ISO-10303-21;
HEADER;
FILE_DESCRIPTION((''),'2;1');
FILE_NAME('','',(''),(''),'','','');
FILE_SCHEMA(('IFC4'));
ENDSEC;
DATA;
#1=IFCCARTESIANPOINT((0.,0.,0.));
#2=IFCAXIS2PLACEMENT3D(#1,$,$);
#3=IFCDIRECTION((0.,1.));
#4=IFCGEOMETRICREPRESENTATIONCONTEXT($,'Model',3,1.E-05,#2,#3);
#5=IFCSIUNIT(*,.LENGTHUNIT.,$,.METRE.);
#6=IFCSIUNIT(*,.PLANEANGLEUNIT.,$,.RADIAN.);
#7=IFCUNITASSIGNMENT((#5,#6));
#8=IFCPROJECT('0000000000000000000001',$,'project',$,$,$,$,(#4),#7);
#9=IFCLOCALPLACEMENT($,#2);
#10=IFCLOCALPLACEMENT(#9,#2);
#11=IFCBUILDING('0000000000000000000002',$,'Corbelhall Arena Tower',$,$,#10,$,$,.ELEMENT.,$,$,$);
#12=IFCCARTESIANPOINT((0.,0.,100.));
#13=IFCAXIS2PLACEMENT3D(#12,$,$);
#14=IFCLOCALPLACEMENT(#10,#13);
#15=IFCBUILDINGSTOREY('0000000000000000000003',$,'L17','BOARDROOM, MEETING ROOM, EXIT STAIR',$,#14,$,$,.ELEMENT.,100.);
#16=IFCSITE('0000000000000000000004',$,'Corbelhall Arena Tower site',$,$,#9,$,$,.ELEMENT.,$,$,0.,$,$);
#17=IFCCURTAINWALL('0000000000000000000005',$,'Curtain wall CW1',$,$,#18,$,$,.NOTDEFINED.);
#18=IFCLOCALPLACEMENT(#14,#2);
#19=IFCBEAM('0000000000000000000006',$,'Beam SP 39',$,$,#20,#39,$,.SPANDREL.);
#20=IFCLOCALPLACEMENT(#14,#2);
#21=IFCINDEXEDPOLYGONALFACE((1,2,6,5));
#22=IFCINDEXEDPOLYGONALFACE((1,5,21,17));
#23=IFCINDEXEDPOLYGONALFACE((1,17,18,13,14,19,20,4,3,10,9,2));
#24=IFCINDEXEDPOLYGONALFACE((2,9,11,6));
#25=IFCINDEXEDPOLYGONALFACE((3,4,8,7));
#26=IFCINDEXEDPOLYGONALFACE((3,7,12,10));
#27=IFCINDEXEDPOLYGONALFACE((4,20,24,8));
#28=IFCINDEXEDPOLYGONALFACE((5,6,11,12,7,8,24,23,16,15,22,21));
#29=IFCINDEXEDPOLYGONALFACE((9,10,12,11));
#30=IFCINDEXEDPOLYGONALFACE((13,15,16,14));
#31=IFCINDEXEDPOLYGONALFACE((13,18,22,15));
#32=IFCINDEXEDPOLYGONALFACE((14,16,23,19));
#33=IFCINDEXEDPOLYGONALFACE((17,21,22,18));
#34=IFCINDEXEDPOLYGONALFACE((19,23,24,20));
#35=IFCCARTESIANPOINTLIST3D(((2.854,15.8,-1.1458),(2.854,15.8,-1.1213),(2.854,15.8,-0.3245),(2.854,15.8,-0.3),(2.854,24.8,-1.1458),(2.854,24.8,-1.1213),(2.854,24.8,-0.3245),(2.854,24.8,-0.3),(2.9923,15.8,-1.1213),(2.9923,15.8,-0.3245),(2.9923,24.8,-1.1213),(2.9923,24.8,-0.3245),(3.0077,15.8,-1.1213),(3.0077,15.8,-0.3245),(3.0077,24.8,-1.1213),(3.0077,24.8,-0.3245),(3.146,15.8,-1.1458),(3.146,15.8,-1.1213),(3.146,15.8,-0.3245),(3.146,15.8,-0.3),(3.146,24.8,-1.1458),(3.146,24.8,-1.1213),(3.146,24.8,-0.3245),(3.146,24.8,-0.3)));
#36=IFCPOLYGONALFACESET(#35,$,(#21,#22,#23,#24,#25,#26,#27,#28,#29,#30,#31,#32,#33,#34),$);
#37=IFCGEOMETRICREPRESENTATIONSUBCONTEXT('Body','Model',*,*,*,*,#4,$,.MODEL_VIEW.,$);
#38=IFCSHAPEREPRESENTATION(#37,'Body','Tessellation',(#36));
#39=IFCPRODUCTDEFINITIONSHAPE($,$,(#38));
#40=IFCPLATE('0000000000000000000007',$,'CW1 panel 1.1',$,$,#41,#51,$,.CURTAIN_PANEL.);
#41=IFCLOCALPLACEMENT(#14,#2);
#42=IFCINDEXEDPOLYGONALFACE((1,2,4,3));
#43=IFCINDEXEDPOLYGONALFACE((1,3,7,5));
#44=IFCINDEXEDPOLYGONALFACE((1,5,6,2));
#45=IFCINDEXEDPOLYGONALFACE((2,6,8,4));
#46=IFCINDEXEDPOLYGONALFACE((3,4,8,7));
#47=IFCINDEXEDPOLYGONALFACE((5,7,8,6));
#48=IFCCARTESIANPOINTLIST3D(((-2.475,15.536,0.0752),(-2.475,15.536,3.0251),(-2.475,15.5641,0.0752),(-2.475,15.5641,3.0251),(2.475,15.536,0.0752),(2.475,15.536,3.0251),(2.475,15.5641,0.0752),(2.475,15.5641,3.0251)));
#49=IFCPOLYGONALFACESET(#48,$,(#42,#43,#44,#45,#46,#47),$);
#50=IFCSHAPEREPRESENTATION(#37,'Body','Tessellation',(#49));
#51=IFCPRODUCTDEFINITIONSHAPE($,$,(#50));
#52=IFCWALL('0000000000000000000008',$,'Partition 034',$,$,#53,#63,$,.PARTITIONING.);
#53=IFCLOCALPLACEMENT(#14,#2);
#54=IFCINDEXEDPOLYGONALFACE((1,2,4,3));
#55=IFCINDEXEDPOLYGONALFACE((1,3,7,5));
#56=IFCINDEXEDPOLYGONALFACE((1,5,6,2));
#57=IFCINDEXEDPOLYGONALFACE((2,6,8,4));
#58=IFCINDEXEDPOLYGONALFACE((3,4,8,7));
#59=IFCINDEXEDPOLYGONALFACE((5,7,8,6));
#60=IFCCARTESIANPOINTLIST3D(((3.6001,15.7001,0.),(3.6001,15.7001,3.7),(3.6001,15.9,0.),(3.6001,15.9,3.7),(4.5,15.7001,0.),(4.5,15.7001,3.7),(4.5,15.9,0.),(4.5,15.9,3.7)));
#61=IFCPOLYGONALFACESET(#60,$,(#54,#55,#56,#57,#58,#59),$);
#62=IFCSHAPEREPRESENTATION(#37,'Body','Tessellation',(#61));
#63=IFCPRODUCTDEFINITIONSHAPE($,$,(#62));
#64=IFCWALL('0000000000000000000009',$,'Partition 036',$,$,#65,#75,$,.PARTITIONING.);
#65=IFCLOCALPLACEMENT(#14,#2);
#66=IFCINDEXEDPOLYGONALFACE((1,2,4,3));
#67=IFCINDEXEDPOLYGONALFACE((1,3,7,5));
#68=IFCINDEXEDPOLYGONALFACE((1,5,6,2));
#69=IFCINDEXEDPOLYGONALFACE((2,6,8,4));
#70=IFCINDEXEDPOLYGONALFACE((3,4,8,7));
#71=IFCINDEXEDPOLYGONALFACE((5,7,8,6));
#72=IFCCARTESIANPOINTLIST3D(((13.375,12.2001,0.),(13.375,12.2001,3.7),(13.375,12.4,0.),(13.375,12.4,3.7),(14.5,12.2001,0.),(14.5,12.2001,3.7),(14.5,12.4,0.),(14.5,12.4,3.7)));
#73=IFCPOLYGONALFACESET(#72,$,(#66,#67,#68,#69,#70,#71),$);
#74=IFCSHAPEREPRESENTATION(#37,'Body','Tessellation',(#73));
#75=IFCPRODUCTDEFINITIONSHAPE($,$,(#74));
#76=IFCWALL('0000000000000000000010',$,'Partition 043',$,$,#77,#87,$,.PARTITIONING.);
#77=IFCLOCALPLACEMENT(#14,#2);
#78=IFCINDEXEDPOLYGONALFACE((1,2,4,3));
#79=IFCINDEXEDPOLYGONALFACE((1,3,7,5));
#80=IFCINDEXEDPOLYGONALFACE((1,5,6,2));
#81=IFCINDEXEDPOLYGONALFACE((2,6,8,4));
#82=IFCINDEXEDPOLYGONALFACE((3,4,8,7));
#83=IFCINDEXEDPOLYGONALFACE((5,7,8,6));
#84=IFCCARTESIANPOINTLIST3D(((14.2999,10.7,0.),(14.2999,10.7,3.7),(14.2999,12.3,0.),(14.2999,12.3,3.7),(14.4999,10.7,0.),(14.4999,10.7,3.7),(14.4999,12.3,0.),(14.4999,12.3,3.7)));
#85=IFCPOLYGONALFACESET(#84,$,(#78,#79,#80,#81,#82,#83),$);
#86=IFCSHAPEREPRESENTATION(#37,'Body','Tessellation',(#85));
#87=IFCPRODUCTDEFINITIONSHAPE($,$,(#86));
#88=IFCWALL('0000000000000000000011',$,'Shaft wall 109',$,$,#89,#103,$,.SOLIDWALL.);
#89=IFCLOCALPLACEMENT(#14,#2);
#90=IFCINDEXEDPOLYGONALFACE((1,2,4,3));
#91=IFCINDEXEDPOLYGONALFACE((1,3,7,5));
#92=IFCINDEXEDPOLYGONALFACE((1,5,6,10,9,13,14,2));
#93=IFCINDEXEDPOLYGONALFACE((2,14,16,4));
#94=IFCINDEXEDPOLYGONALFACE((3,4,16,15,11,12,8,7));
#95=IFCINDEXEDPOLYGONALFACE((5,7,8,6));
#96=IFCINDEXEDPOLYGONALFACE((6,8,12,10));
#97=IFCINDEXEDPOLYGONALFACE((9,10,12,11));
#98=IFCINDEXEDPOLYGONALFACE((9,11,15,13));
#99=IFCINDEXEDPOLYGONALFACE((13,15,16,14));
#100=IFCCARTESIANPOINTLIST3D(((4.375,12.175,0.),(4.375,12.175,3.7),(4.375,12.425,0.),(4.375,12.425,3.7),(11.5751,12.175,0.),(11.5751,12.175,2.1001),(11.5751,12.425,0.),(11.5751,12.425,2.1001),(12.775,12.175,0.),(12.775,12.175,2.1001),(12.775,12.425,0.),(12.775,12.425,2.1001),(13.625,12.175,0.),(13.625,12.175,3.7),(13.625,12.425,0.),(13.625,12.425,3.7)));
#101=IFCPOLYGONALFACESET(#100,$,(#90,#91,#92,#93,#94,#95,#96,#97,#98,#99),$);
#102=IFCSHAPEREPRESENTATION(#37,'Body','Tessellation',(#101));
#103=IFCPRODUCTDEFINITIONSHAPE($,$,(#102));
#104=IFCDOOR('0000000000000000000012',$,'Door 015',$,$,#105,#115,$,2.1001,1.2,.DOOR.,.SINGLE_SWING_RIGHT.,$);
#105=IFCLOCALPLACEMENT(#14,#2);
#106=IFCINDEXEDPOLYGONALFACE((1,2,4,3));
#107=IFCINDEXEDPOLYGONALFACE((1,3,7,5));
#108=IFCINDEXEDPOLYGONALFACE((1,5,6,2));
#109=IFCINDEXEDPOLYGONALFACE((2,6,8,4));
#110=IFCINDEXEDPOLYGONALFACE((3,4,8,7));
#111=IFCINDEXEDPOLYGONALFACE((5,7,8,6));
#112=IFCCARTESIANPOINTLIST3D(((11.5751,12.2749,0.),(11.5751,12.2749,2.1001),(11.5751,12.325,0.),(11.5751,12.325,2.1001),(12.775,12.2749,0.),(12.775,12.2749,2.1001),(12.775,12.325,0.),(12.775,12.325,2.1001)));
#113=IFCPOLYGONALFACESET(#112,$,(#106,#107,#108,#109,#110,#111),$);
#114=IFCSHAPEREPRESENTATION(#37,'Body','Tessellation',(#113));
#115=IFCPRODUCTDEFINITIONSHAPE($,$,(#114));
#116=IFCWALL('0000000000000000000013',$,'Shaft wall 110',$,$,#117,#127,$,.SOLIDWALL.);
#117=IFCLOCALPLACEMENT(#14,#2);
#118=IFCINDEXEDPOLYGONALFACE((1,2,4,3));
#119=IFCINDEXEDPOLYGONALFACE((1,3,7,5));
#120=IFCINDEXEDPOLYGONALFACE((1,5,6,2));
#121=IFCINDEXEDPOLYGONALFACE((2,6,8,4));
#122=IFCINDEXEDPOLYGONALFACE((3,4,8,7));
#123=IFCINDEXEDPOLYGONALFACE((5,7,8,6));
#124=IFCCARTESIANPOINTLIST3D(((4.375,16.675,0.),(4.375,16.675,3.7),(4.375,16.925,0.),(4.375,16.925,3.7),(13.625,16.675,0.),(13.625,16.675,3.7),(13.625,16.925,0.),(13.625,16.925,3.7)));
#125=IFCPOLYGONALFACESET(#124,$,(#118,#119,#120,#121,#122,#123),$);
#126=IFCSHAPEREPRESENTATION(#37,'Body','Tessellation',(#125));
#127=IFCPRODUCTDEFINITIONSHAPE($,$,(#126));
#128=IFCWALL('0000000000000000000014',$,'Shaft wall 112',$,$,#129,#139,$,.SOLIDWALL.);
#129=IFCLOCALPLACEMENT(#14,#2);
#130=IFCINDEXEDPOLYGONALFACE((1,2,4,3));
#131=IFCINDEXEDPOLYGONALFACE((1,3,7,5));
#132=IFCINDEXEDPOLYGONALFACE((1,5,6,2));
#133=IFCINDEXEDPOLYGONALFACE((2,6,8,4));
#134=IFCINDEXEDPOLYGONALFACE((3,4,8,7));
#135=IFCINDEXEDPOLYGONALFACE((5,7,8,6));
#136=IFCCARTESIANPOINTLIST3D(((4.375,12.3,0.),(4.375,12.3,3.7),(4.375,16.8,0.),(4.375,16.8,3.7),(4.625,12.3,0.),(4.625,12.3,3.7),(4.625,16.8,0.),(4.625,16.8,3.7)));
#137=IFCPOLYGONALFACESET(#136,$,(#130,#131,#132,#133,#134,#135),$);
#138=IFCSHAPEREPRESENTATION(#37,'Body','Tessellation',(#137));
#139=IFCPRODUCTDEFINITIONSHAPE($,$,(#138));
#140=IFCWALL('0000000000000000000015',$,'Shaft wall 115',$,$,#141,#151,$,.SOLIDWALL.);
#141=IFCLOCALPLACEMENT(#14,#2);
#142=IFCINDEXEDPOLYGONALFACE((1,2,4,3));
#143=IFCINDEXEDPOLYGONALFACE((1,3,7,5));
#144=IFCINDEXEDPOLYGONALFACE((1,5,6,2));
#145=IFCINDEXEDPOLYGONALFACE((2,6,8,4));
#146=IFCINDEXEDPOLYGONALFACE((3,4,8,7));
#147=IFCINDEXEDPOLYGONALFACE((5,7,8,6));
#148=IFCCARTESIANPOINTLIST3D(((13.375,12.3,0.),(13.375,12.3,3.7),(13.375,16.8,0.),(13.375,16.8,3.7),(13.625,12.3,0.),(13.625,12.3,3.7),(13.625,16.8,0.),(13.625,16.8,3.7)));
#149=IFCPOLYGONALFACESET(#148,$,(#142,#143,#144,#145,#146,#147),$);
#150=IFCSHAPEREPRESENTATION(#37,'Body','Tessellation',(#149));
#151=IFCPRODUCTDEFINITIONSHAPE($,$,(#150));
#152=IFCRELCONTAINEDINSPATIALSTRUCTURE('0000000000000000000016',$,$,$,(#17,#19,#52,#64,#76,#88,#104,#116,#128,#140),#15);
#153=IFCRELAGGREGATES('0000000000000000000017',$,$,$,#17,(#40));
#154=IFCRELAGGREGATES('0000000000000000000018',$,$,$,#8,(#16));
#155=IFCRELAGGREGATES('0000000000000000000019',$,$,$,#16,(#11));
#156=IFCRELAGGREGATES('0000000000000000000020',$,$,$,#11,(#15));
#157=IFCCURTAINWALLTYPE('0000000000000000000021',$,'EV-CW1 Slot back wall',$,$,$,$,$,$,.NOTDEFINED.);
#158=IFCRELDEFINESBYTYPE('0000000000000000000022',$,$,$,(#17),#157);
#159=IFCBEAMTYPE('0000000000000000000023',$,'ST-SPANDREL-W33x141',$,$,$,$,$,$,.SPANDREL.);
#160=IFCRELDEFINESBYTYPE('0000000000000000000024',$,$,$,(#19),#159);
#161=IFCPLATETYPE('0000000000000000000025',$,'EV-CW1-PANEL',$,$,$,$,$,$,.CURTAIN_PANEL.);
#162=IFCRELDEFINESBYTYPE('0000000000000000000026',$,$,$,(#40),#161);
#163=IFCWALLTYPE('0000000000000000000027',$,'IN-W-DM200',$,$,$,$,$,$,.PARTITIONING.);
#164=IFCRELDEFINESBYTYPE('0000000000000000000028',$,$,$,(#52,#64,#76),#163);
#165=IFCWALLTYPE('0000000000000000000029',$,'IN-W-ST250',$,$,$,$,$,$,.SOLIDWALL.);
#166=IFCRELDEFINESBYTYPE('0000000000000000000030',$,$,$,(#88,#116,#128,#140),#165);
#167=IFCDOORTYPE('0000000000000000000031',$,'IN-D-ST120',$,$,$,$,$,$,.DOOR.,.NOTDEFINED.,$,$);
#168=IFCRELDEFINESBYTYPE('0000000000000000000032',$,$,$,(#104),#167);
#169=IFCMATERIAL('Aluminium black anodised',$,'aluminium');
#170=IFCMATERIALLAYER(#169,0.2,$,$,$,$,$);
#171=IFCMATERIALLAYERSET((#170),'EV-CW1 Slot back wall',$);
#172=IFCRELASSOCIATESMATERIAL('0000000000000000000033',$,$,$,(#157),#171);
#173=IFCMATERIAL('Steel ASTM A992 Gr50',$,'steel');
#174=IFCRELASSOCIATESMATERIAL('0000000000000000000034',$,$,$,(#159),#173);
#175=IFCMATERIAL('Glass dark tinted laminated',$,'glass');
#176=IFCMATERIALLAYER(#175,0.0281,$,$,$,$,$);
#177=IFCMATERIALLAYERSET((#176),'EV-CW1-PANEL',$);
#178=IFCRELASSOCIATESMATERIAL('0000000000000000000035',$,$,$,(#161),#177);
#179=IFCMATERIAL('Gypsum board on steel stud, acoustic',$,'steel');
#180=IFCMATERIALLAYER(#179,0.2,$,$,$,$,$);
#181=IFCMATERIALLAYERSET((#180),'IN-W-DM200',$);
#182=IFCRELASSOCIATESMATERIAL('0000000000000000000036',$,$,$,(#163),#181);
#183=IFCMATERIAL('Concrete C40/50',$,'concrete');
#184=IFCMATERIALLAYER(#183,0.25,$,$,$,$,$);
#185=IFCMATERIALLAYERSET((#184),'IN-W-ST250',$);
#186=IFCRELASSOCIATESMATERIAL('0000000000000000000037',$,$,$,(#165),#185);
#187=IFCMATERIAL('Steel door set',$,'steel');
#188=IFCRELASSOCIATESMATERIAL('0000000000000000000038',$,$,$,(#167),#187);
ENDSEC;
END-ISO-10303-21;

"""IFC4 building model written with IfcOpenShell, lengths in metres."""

from ifc_helpers import new_model, si_unit, direction, frame, frame_2d, origin, origin_2d, place, context, subcontext, project, spatial, rectangle, i_section, extrude, material, layer, layer_set, material_profile, profile_set, type_object, element, fill, aggregate, save


model = new_model("IFC4")

# Units and contexts
model_context = context("Model", 3, precision=1e-05, world=origin(), true_north=direction((0.0, 1.0)))
body_context = subcontext(model_context, "Body", "Model", "MODEL_VIEW")
ifc_project = project(units=[si_unit("LENGTHUNIT", "METRE"), si_unit("PLANEANGLEUNIT", "RADIAN")], contexts=[model_context])

# Site, building, storey
site_placement = place(None, origin())
site = spatial("IfcSite", under=ifc_project, at=site_placement, Name="Corbelhall Arena Tower site", CompositionType="ELEMENT", RefElevation=0.0)
building_placement = place(site_placement, origin())
building = spatial("IfcBuilding", under=site, at=building_placement, Name="Corbelhall Arena Tower", CompositionType="ELEMENT")
storey_placement = place(building_placement, frame((0.0, 0.0, 100.0)))
storey = spatial("IfcBuildingStorey", under=building, at=storey_placement, Name="L17", Description="BOARDROOM, MEETING ROOM, EXIT STAIR", CompositionType="ELEMENT", Elevation=100.0)

# Curtain wall
ifc_material_1 = material(Name="Aluminium black anodised", Category="aluminium")
ifc_layer_1 = layer(ifc_material_1, 0.2)
ifc_layer_set_1 = layer_set([ifc_layer_1], Name="EV-CW1 Slot back wall")
curtain_wall_type = type_object("IfcCurtainWallType", Name="EV-CW1 Slot back wall", PredefinedType="NOTDEFINED", material=ifc_layer_set_1)
curtain_wall_placement = place(storey_placement, origin())
curtain_wall = element("IfcCurtainWall", 1, at=curtain_wall_placement, inside=storey, type_object=curtain_wall_type, Name="Curtain wall CW1", PredefinedType="NOTDEFINED")

# Beam
ifc_material_2 = material(Name="Steel ASTM A992 Gr50", Category="steel")
ifc_material_profile_1 = material_profile(ifc_material_2, i_section(OverallWidth=0.292, OverallDepth=0.8457, WebThickness=0.0154, FlangeThickness=0.0244, at=origin_2d()))
ifc_profile_set_1 = profile_set([ifc_material_profile_1], Name="Steel ASTM A992 Gr50")
beam_type_1 = type_object("IfcBeamType", Name="ST-SPANDREL-W33x141", PredefinedType="SPANDREL", material=ifc_profile_set_1)
beam_1_placement = place(storey_placement, frame((3.0, 15.8, -0.7229), z_axis=(0.0, 1.0, 0.0), x_axis=(-1.0, 0.0, 0.0)))
element("IfcBeam", 2, at=beam_1_placement, inside=storey, type_object=beam_type_1, Name="Beam SP 39", PredefinedType="SPANDREL", context=body_context, shape_type="SweptSolid", body=[
    extrude(i_section(OverallWidth=0.292, OverallDepth=0.8457, WebThickness=0.0154, FlangeThickness=0.0244, at=origin_2d()), origin(), (0.0, 0.0, 1.0), 9.0),
])

# Plate
ifc_material_3 = material(Name="Glass dark tinted laminated", Category="glass")
ifc_layer_2 = layer(ifc_material_3, 0.0281)
ifc_layer_set_2 = layer_set([ifc_layer_2], Name="EV-CW1-PANEL")
plate_type = type_object("IfcPlateType", Name="EV-CW1-PANEL", PredefinedType="CURTAIN_PANEL", material=ifc_layer_set_2)
plate_placement = place(storey_placement, frame((0.0, 15.55, 0.0752), z_axis=(0.0, 0.0, 1.0), x_axis=(-1.0, 0.0, 0.0)))
plate = element("IfcPlate", 3, at=plate_placement, type_object=plate_type, Name="CW1 panel 1.1", PredefinedType="CURTAIN_PANEL", context=body_context, shape_type="SweptSolid", body=[
    extrude(rectangle(XDim=4.95, YDim=0.0281, at=origin_2d()), origin(), (0.0, 0.0, 1.0), 2.95),
])
aggregate(curtain_wall, [plate])

# Walls
ifc_material_4 = material(Name="Gypsum board on steel stud, acoustic", Category="steel")
ifc_layer_3 = layer(ifc_material_4, 0.2)
ifc_layer_set_3 = layer_set([ifc_layer_3], Name="IN-W-DM200")
wall_type_1 = type_object("IfcWallType", Name="IN-W-DM200", PredefinedType="PARTITIONING", material=ifc_layer_set_3)
wall_1_placement = place(storey_placement, frame((3.6001, 15.8, 0.0), z_axis=(0.0, 0.0, 1.0), x_axis=(1.0, 0.0, 0.0)))
element("IfcWall", 4, at=wall_1_placement, inside=storey, type_object=wall_type_1, Name="Partition 034", PredefinedType="PARTITIONING", context=body_context, shape_type="SweptSolid", body=[
    extrude(rectangle(XDim=0.8999, YDim=0.2, at=frame_2d((0.45, 0.0))), origin(), (0.0, 0.0, 1.0), 3.7),
])
wall_2_placement = place(storey_placement, frame((13.375, 12.3, 0.0), z_axis=(0.0, 0.0, 1.0), x_axis=(1.0, 0.0, 0.0)))
element("IfcWall", 5, at=wall_2_placement, inside=storey, type_object=wall_type_1, Name="Partition 036", PredefinedType="PARTITIONING", context=body_context, shape_type="SweptSolid", body=[
    extrude(rectangle(XDim=1.125, YDim=0.2, at=frame_2d((0.5625, 0.0))), origin(), (0.0, 0.0, 1.0), 3.7),
])
wall_3_placement = place(storey_placement, frame((14.3999, 12.3, 0.0), z_axis=(0.0, 0.0, 1.0), x_axis=(0.0, -1.0, 0.0)))
element("IfcWall", 6, at=wall_3_placement, inside=storey, type_object=wall_type_1, Name="Partition 043", PredefinedType="PARTITIONING", context=body_context, shape_type="SweptSolid", body=[
    extrude(rectangle(XDim=1.6001, YDim=0.2, at=frame_2d((0.8, 0.0))), origin(), (0.0, 0.0, 1.0), 3.7),
])

# Wall, opening, door
ifc_material_5 = material(Name="Concrete C40/50", Category="concrete")
ifc_layer_4 = layer(ifc_material_5, 0.25)
ifc_layer_set_4 = layer_set([ifc_layer_4], Name="IN-W-ST250")
wall_type_2 = type_object("IfcWallType", Name="IN-W-ST250", PredefinedType="SOLIDWALL", material=ifc_layer_set_4)
wall_4_placement = place(storey_placement, frame((4.375, 12.3, 0.0), z_axis=(0.0, 0.0, 1.0), x_axis=(1.0, 0.0, 0.0)))
wall_4 = element("IfcWall", 7, at=wall_4_placement, inside=storey, type_object=wall_type_2, Name="Shaft wall 109", PredefinedType="SOLIDWALL", context=body_context, shape_type="SweptSolid", body=[
    extrude(rectangle(XDim=9.25, YDim=0.25, at=frame_2d((4.625, 0.0))), origin(), (0.0, 0.0, 1.0), 3.7),
])
opening_1_placement = place(wall_4_placement, frame((7.2, 0.0, 0.0)))
opening_1 = element("IfcOpeningElement", 8, at=opening_1_placement, cuts=wall_4, PredefinedType="OPENING", context=body_context, shape_type="SweptSolid", body=[
    extrude(rectangle(XDim=1.2, YDim=2.1001, at=frame_2d((0.6001, 1.05))), frame((0.0, 0.125, 0.0), z_axis=(0.0, -1.0, 0.0), x_axis=(1.0, 0.0, 0.0)), (0.0, 0.0, 1.0), 0.25),
])
ifc_material_6 = material(Name="Steel door set", Category="steel")
door_type = type_object("IfcDoorType", Name="IN-D-ST120", OperationType="NOTDEFINED", PredefinedType="DOOR", material=ifc_material_6)
door_placement = place(opening_1_placement, origin())
door = element("IfcDoor", 9, at=door_placement, inside=storey, type_object=door_type, Name="Door 015", OperationType="SINGLE_SWING_RIGHT", OverallHeight=2.1001, OverallWidth=1.2, PredefinedType="DOOR", context=body_context, shape_type="SweptSolid", body=[
    extrude(rectangle(XDim=1.2, YDim=2.1001, at=frame_2d((0.6001, 1.05))), frame((0.0, 0.0249, 0.0), z_axis=(0.0, -1.0, 0.0), x_axis=(1.0, 0.0, 0.0)), (0.0, 0.0, 1.0), 0.05),
])
fill(opening_1, door)

# Walls
wall_5_placement = place(storey_placement, frame((4.375, 16.8, 0.0), z_axis=(0.0, 0.0, 1.0), x_axis=(1.0, 0.0, 0.0)))
element("IfcWall", 10, at=wall_5_placement, inside=storey, type_object=wall_type_2, Name="Shaft wall 110", PredefinedType="SOLIDWALL", context=body_context, shape_type="SweptSolid", body=[
    extrude(rectangle(XDim=9.25, YDim=0.25, at=frame_2d((4.625, 0.0))), origin(), (0.0, 0.0, 1.0), 3.7),
])
for number, where, z_axis, x_axis, name in (
    (11, (4.5, 12.3, 0.0), (0.0, 0.0, 1.0), (0.0, 1.0, 0.0), "Shaft wall 112"),
    (12, (13.5, 16.8, 0.0), (0.0, 0.0, 1.0), (0.0, -1.0, 0.0), "Shaft wall 115"),
):
    element("IfcWall", number, at=place(storey_placement, frame(where, z_axis=z_axis, x_axis=x_axis)), inside=storey, type_object=wall_type_2, Name=name, PredefinedType="SOLIDWALL", context=body_context, shape_type="SweptSolid", body=[
        extrude(rectangle(XDim=4.5, YDim=0.25, at=frame_2d((2.25, 0.0))), origin(), (0.0, 0.0, 1.0), 3.7),
    ])

save(model, "model.ifc")
